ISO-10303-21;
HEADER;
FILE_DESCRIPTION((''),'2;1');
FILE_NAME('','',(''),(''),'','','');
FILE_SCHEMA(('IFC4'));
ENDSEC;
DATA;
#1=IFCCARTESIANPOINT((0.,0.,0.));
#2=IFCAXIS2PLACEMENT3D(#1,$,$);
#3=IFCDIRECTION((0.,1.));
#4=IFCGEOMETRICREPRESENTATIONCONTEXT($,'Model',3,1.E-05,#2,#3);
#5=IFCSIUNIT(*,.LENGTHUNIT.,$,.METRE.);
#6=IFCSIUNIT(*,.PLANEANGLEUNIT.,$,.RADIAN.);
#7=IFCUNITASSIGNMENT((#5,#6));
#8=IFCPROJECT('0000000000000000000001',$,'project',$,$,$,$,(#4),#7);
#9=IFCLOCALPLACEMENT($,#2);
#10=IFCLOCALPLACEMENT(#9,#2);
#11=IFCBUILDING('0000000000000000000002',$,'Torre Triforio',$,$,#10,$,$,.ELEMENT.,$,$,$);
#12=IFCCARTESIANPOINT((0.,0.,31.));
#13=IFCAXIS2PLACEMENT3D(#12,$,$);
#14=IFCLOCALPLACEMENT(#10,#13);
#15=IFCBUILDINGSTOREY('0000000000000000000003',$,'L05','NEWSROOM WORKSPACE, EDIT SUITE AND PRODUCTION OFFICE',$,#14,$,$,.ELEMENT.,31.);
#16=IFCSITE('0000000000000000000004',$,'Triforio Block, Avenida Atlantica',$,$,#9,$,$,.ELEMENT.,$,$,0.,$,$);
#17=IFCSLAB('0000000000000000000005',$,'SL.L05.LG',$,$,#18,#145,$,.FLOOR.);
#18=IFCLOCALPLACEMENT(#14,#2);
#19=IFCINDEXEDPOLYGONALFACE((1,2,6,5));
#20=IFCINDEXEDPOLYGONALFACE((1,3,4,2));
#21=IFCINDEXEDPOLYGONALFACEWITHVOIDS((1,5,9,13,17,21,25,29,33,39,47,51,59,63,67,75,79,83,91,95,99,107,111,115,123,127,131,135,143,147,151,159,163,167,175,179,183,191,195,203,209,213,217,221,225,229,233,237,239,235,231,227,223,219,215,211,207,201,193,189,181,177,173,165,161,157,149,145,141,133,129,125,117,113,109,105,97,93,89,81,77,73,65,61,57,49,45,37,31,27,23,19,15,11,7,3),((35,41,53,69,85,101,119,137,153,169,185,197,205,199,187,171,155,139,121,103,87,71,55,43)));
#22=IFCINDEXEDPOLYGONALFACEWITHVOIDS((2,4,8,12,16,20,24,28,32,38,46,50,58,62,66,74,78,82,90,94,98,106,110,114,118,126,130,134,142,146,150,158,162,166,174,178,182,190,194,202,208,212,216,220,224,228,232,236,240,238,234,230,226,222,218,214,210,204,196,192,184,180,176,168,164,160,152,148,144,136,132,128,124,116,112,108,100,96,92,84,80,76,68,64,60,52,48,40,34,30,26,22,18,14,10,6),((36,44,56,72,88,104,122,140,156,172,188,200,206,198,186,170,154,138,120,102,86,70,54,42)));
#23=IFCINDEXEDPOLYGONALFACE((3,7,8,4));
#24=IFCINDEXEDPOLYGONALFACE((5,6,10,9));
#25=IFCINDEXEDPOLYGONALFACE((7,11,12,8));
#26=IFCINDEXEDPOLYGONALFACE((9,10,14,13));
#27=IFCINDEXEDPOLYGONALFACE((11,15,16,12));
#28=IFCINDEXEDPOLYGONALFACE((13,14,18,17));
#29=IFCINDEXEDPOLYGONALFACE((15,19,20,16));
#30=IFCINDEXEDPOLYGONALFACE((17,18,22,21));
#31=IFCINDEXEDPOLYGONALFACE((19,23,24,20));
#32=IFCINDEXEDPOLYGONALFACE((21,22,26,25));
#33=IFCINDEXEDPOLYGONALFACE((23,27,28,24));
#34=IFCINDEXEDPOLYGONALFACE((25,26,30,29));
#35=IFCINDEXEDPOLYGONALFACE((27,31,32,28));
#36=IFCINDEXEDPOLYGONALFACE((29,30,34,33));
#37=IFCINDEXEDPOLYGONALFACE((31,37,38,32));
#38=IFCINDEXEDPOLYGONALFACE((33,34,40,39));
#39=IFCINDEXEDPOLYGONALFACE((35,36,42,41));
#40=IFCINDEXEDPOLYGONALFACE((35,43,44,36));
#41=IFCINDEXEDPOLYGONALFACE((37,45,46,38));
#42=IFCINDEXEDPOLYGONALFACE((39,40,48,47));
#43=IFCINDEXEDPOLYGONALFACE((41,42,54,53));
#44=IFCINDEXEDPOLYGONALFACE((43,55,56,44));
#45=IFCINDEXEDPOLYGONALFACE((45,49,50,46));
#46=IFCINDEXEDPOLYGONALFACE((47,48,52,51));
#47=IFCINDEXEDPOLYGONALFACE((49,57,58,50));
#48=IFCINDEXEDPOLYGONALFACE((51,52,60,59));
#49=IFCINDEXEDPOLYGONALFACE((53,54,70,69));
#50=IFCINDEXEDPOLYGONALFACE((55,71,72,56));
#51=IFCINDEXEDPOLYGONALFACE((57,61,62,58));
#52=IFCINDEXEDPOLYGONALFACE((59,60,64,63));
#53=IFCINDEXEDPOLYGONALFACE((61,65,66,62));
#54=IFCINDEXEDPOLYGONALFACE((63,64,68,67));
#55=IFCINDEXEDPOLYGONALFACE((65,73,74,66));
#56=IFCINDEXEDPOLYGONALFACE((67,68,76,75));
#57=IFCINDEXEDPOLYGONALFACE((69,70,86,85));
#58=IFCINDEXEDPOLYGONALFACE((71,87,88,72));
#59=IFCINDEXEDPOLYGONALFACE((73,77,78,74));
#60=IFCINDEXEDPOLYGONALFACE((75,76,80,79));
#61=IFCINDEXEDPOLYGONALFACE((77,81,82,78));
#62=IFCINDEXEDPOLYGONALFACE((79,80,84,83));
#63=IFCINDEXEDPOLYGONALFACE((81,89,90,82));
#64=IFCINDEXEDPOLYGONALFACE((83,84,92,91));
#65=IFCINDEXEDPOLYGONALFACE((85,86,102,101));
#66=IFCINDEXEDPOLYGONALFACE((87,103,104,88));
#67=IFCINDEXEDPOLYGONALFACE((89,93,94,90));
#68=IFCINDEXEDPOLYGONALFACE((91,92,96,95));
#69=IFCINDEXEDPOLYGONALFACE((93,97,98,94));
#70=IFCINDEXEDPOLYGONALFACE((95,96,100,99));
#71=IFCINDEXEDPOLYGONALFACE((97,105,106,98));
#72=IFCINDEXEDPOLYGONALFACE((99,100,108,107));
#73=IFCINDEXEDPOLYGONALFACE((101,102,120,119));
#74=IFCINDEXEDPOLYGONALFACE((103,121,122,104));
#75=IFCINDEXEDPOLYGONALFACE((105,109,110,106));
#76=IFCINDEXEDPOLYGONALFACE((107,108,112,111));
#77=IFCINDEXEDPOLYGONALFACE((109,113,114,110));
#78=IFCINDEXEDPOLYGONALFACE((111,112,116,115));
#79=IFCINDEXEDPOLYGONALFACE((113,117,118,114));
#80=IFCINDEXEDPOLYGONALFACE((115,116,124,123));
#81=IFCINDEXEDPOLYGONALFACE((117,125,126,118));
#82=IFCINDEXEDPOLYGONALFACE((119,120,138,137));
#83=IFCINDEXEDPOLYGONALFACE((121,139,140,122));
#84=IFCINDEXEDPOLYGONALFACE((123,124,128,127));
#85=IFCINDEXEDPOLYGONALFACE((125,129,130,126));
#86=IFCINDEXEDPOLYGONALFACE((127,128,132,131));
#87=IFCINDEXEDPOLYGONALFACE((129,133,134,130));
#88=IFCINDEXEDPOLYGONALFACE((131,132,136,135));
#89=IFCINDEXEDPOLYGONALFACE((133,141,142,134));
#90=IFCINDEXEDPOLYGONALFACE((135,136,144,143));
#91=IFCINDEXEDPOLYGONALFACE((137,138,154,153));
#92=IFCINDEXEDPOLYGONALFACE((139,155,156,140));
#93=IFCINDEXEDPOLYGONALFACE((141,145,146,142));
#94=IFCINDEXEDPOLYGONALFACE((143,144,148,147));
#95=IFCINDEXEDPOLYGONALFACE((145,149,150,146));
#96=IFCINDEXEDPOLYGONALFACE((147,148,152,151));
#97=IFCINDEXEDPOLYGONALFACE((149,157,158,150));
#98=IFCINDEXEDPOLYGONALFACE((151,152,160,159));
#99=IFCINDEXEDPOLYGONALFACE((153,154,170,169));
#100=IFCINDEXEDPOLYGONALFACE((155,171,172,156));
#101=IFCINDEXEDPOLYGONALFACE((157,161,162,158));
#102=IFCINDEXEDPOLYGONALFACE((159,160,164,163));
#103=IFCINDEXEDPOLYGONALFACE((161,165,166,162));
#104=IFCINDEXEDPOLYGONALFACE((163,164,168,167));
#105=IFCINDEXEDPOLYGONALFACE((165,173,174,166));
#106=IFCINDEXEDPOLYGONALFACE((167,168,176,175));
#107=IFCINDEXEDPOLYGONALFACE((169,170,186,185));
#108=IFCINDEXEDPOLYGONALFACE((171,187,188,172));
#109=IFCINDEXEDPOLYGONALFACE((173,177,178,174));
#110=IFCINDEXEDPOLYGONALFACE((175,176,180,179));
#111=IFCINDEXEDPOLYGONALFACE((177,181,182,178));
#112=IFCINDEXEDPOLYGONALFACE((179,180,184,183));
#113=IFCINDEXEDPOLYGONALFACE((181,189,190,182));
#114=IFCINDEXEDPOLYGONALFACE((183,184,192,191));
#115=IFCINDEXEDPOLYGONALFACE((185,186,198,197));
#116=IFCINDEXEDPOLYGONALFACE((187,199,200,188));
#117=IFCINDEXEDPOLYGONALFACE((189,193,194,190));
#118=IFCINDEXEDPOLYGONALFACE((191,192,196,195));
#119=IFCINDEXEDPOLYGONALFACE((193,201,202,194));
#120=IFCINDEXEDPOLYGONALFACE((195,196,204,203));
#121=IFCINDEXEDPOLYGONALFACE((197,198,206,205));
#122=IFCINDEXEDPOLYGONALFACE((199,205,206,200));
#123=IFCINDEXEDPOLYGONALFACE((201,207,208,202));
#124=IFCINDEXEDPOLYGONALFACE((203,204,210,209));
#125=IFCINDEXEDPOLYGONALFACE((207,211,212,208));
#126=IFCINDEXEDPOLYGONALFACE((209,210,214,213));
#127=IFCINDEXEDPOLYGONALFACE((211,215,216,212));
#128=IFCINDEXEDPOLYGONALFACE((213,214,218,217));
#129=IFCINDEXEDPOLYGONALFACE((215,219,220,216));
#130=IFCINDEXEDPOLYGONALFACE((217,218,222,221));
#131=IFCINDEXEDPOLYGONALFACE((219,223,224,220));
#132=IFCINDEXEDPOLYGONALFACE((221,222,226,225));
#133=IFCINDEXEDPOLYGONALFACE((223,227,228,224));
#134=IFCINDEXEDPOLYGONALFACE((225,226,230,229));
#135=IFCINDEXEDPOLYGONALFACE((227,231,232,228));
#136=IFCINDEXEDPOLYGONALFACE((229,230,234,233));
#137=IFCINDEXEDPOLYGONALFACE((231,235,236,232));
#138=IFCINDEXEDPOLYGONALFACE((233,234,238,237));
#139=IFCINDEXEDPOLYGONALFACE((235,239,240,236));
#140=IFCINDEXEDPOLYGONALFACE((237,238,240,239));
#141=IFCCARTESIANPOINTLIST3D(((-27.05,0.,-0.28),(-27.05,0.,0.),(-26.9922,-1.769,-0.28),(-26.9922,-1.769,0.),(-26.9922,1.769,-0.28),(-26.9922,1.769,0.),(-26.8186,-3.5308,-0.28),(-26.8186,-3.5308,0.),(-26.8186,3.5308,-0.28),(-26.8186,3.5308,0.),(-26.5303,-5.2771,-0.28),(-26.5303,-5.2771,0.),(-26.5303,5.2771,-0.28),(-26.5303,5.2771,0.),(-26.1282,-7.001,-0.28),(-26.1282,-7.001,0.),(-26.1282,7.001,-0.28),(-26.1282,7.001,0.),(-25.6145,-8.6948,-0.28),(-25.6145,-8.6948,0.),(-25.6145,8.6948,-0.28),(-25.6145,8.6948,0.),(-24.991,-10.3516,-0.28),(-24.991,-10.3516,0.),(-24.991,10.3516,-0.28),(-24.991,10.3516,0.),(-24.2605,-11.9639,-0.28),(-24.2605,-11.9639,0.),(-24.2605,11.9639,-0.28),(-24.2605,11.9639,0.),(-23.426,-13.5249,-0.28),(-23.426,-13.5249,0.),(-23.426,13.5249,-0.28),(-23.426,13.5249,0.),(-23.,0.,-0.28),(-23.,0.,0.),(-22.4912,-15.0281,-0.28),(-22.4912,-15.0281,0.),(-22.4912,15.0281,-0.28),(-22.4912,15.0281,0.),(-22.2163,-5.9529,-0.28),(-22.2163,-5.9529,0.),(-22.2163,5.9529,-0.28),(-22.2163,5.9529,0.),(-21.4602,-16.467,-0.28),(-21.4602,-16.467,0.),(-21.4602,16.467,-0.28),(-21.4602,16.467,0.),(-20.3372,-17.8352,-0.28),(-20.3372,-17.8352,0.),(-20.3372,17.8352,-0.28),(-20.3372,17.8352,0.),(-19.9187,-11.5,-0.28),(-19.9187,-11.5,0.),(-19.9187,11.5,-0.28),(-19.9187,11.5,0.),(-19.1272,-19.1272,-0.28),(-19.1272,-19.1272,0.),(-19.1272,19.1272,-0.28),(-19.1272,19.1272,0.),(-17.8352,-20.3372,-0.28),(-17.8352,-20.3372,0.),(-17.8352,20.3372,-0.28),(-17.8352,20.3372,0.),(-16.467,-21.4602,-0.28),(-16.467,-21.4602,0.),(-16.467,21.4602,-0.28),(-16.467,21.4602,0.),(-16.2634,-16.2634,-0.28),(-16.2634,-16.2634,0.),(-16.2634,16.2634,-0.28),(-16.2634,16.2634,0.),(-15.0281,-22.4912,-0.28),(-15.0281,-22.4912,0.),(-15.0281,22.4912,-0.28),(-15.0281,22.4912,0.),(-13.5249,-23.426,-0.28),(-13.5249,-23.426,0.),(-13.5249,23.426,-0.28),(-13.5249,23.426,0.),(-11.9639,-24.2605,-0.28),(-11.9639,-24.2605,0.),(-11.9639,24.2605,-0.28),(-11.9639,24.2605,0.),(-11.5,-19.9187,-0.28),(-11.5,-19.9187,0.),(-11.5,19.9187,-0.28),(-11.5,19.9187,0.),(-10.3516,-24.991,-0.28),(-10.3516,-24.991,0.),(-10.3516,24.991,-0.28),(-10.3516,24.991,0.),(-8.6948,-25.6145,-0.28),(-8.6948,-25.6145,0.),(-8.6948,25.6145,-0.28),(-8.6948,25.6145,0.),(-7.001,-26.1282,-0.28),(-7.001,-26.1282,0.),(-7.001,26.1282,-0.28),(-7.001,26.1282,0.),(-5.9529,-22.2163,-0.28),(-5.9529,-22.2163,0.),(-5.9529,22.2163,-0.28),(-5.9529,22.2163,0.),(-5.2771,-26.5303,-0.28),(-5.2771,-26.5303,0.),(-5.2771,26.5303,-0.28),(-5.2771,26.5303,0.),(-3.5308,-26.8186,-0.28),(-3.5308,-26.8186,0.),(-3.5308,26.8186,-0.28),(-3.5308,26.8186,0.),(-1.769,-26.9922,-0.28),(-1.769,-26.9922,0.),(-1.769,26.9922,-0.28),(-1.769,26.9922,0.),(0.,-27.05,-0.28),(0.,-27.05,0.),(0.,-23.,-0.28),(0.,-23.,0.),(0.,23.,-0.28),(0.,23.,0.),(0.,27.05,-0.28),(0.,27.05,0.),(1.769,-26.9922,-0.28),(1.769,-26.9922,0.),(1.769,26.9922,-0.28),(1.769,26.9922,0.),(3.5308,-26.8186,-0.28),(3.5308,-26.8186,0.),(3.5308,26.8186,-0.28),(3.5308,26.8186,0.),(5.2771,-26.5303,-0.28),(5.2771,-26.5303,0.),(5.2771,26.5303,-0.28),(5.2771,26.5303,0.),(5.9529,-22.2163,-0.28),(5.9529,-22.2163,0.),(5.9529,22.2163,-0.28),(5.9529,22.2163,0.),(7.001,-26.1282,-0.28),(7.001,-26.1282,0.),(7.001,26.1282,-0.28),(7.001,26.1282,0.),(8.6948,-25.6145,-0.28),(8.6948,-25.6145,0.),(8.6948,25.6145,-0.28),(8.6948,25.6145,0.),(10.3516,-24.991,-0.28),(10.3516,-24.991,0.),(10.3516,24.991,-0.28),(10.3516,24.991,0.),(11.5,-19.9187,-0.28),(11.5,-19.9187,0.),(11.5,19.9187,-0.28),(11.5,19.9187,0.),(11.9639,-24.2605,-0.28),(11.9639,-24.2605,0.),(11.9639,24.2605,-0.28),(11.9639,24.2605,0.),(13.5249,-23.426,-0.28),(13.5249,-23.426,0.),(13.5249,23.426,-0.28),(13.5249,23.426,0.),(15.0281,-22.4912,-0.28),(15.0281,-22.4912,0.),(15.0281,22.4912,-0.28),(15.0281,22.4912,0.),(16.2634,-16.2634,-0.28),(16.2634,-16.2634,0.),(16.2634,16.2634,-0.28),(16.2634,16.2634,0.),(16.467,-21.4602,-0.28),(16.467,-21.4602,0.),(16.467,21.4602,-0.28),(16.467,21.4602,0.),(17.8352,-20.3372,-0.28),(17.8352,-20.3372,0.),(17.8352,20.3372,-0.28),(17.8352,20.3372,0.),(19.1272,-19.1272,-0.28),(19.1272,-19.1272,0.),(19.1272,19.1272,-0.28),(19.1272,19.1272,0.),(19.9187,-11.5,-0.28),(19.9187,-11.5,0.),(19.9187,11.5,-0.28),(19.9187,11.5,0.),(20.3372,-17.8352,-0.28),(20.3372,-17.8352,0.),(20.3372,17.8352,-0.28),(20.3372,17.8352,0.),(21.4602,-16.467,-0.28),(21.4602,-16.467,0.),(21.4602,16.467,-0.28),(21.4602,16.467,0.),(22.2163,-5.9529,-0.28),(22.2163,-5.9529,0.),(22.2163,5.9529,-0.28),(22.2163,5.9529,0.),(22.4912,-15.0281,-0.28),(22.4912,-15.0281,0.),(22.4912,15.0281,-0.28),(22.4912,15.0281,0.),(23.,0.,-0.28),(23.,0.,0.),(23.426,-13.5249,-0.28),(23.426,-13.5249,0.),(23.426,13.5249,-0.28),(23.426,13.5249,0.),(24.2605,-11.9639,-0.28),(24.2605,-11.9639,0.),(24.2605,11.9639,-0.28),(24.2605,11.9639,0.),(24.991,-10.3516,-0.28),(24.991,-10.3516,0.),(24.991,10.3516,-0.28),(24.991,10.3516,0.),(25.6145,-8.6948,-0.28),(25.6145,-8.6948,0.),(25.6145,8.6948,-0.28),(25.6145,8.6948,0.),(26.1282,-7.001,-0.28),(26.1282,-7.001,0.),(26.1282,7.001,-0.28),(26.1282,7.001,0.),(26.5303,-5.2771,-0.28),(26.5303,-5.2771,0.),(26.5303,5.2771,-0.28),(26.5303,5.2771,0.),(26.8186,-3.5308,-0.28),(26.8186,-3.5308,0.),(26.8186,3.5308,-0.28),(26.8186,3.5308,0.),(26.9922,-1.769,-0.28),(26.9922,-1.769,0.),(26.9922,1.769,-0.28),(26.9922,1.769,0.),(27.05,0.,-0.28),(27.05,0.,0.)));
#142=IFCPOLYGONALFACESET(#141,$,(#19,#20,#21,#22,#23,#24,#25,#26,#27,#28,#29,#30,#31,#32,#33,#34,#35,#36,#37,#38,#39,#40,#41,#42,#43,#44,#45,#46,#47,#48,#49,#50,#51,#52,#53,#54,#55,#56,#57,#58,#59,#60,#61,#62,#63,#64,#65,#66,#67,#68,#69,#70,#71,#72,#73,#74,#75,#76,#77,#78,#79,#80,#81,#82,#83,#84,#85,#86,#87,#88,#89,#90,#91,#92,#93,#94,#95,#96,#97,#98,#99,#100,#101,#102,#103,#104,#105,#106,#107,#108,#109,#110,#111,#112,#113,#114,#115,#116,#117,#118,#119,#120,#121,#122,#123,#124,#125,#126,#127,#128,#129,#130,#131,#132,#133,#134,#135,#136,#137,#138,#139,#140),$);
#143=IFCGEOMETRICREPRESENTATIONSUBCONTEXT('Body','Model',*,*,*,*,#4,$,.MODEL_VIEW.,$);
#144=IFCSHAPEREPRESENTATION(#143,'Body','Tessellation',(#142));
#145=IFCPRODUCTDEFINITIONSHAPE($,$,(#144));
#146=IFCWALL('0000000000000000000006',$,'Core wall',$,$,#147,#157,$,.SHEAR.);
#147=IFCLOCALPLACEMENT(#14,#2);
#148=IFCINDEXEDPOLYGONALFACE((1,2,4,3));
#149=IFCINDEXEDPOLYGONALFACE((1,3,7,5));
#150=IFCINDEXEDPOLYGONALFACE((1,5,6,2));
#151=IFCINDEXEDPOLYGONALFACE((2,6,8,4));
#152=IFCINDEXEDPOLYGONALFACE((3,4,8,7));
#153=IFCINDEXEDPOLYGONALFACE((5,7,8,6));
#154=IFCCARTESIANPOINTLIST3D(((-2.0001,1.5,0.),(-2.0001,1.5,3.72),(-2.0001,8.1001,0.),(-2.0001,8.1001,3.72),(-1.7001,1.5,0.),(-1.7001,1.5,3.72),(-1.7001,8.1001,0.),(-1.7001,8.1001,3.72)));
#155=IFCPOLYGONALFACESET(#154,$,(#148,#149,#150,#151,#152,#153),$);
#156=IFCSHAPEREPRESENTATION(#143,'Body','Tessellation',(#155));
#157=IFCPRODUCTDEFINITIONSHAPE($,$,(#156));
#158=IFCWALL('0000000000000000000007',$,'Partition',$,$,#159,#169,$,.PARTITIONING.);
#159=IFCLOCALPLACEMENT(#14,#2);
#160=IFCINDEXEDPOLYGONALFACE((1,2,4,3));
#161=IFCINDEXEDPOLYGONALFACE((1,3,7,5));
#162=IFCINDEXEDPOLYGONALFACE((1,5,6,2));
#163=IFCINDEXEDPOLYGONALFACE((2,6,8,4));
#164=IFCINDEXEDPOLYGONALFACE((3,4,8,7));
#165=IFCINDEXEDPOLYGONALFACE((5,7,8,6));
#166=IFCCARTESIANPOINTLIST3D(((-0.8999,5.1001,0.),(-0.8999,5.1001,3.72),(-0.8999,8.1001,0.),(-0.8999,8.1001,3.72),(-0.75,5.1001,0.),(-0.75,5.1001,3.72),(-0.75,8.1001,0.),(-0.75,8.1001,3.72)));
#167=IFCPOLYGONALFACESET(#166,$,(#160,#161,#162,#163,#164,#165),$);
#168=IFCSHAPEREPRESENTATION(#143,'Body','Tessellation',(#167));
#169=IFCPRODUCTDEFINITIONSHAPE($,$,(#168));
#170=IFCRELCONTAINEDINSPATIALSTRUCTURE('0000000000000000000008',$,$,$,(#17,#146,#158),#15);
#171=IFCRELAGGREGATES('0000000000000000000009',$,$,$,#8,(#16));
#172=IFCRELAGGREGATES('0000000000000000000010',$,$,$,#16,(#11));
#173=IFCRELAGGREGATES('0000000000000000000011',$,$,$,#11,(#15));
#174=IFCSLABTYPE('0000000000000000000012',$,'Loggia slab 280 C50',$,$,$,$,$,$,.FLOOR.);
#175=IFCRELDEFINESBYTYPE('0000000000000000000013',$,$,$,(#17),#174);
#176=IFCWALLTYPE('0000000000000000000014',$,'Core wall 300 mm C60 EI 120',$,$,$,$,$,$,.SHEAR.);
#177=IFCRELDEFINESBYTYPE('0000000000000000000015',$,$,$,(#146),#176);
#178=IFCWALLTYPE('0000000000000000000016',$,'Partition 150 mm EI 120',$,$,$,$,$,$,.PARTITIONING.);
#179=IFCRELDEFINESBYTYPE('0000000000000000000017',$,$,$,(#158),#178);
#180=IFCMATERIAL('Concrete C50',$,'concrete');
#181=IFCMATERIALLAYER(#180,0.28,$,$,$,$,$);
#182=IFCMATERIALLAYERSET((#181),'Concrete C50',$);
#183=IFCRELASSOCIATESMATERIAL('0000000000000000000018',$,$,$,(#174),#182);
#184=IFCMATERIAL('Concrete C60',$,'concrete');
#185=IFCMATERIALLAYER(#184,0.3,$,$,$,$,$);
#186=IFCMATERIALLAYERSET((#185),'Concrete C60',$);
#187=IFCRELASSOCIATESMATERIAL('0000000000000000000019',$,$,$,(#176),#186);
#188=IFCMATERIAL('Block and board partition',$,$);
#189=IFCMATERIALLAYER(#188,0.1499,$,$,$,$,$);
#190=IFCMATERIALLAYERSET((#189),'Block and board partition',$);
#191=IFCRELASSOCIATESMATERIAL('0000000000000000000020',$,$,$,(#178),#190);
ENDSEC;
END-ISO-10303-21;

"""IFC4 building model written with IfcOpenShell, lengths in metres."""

from ifc_helpers import new_model, si_unit, direction, frame, frame_2d, origin, place, context, subcontext, project, spatial, polyline, rectangle, outline, extrude, material, layer, layer_set, type_object, element, save


model = new_model("IFC4")

# Units and contexts
model_context = context("Model", 3, precision=1e-05, world=origin(), true_north=direction((0.0, 1.0)))
body_context = subcontext(model_context, "Body", "Model", "MODEL_VIEW")
ifc_project = project(units=[si_unit("LENGTHUNIT", "METRE"), si_unit("PLANEANGLEUNIT", "RADIAN")], contexts=[model_context])

# Site, building, storey
site_placement = place(None, origin())
site = spatial("IfcSite", under=ifc_project, at=site_placement, Name="Triforio Block, Avenida Atlantica", CompositionType="ELEMENT", RefElevation=0.0)
building_placement = place(site_placement, origin())
building = spatial("IfcBuilding", under=site, at=building_placement, Name="Torre Triforio", CompositionType="ELEMENT")
storey_placement = place(building_placement, frame((0.0, 0.0, 31.0)))
storey = spatial("IfcBuildingStorey", under=building, at=storey_placement, Name="L05", Description="NEWSROOM WORKSPACE, EDIT SUITE AND PRODUCTION OFFICE", CompositionType="ELEMENT", Elevation=31.0)

# Slab
ifc_material_1 = material(Name="Concrete C50", Category="concrete")
ifc_layer_1 = layer(ifc_material_1, 0.28)
ifc_layer_set_1 = layer_set([ifc_layer_1], Name="Concrete C50")
slab_type = type_object("IfcSlabType", Name="Loggia slab 280 C50", PredefinedType="FLOOR", material=ifc_layer_set_1)
slab_placement = place(storey_placement, frame((0.0, 0.0, -0.28)))
element("IfcSlab", 1, at=slab_placement, inside=storey, type_object=slab_type, Name="SL.L05.LG", PredefinedType="FLOOR", context=body_context, shape_type="SweptSolid", body=[
    extrude(outline(polyline([(26.9922, -1.769), (27.05, 0.0), (26.9922, 1.769), (26.8186, 3.5308), (26.5303, 5.2771), (26.1282, 7.001), (25.6145, 8.6948), (24.991, 10.3516), (24.2605, 11.9639), (23.426, 13.5249), (22.4912, 15.0281), (21.4602, 16.467), (20.3372, 17.8352), (19.1272, 19.1272), (17.8352, 20.3372), (16.467, 21.4602), (15.0281, 22.4912), (13.5249, 23.426), (11.9639, 24.2605), (10.3516, 24.991), (8.6948, 25.6145), (7.001, 26.1282), (5.2771, 26.5303), (3.5308, 26.8186), (1.769, 26.9922), (0.0, 27.05), (-1.769, 26.9922), (-3.5308, 26.8186), (-5.2771, 26.5303), (-7.001, 26.1282), (-8.6948, 25.6145), (-10.3516, 24.991), (-11.9639, 24.2605), (-13.5249, 23.426), (-15.0281, 22.4912), (-16.467, 21.4602), (-17.8352, 20.3372), (-19.1272, 19.1272), (-20.3372, 17.8352), (-21.4602, 16.467), (-22.4912, 15.0281), (-23.426, 13.5249), (-24.2605, 11.9639), (-24.991, 10.3516), (-25.6145, 8.6948), (-26.1282, 7.001), (-26.5303, 5.2771), (-26.8186, 3.5308), (-26.9922, 1.769), (-27.05, 0.0), (-26.9922, -1.769), (-26.8186, -3.5308), (-26.5303, -5.2771), (-26.1282, -7.001), (-25.6145, -8.6948), (-24.991, -10.3516), (-24.2605, -11.9639), (-23.426, -13.5249), (-22.4912, -15.0281), (-21.4602, -16.467), (-20.3372, -17.8352), (-19.1272, -19.1272), (-17.8352, -20.3372), (-16.467, -21.4602), (-15.0281, -22.4912), (-13.5249, -23.426), (-11.9639, -24.2605), (-10.3516, -24.991), (-8.6948, -25.6145), (-7.001, -26.1282), (-5.2771, -26.5303), (-3.5308, -26.8186), (-1.769, -26.9922), (0.0, -27.05), (1.769, -26.9922), (3.5308, -26.8186), (5.2771, -26.5303), (7.001, -26.1282), (8.6948, -25.6145), (10.3516, -24.991), (11.9639, -24.2605), (13.5249, -23.426), (15.0281, -22.4912), (16.467, -21.4602), (17.8352, -20.3372), (19.1272, -19.1272), (20.3372, -17.8352), (21.4602, -16.467), (22.4912, -15.0281), (23.426, -13.5249), (24.2605, -11.9639), (24.991, -10.3516), (25.6145, -8.6948), (26.1282, -7.001), (26.5303, -5.2771), (26.8186, -3.5308), (26.9922, -1.769)]), holes=[polyline([(22.2163, 5.9529), (23.0, 0.0), (22.2163, -5.9529), (19.9187, -11.5), (16.2634, -16.2634), (11.5, -19.9187), (5.9529, -22.2163), (0.0, -23.0), (-5.9529, -22.2163), (-11.5, -19.9187), (-16.2634, -16.2634), (-19.9187, -11.5), (-22.2163, -5.9529), (-23.0, 0.0), (-22.2163, 5.9529), (-19.9187, 11.5), (-16.2634, 16.2634), (-11.5, 19.9187), (-5.9529, 22.2163), (0.0, 23.0), (5.9529, 22.2163), (11.5, 19.9187), (16.2634, 16.2634), (19.9187, 11.5), (22.2163, 5.9529)])]), origin(), (0.0, 0.0, 1.0), 0.28),
])

# Walls
ifc_material_2 = material(Name="Concrete C60", Category="concrete")
ifc_layer_2 = layer(ifc_material_2, 0.3)
ifc_layer_set_2 = layer_set([ifc_layer_2], Name="Concrete C60")
wall_type_1 = type_object("IfcWallType", Name="Core wall 300 mm C60 EI 120", PredefinedType="SHEAR", material=ifc_layer_set_2)
wall_1_placement = place(storey_placement, frame((-1.8501, 1.5, 0.0), z_axis=(0.0, 0.0, 1.0), x_axis=(0.0, 1.0, 0.0)))
element("IfcWall", 2, at=wall_1_placement, inside=storey, type_object=wall_type_1, Name="Core wall", PredefinedType="SHEAR", context=body_context, shape_type="SweptSolid", body=[
    extrude(rectangle(XDim=6.6001, YDim=0.3, at=frame_2d((3.3, 0.0))), origin(), (0.0, 0.0, 1.0), 3.72),
])
ifc_material_3 = material(Name="Block and board partition")
ifc_layer_3 = layer(ifc_material_3, 0.1499)
ifc_layer_set_3 = layer_set([ifc_layer_3], Name="Block and board partition")
wall_type_2 = type_object("IfcWallType", Name="Partition 150 mm EI 120", PredefinedType="PARTITIONING", material=ifc_layer_set_3)
wall_2_placement = place(storey_placement, frame((-0.825, 5.1001, 0.0), z_axis=(0.0, 0.0, 1.0), x_axis=(0.0, 1.0, 0.0)))
element("IfcWall", 3, at=wall_2_placement, inside=storey, type_object=wall_type_2, Name="Partition", PredefinedType="PARTITIONING", context=body_context, shape_type="SweptSolid", body=[
    extrude(rectangle(XDim=3.0, YDim=0.1499, at=frame_2d((1.5, 0.0))), origin(), (0.0, 0.0, 1.0), 3.72),
])

save(model, "model.ifc")
